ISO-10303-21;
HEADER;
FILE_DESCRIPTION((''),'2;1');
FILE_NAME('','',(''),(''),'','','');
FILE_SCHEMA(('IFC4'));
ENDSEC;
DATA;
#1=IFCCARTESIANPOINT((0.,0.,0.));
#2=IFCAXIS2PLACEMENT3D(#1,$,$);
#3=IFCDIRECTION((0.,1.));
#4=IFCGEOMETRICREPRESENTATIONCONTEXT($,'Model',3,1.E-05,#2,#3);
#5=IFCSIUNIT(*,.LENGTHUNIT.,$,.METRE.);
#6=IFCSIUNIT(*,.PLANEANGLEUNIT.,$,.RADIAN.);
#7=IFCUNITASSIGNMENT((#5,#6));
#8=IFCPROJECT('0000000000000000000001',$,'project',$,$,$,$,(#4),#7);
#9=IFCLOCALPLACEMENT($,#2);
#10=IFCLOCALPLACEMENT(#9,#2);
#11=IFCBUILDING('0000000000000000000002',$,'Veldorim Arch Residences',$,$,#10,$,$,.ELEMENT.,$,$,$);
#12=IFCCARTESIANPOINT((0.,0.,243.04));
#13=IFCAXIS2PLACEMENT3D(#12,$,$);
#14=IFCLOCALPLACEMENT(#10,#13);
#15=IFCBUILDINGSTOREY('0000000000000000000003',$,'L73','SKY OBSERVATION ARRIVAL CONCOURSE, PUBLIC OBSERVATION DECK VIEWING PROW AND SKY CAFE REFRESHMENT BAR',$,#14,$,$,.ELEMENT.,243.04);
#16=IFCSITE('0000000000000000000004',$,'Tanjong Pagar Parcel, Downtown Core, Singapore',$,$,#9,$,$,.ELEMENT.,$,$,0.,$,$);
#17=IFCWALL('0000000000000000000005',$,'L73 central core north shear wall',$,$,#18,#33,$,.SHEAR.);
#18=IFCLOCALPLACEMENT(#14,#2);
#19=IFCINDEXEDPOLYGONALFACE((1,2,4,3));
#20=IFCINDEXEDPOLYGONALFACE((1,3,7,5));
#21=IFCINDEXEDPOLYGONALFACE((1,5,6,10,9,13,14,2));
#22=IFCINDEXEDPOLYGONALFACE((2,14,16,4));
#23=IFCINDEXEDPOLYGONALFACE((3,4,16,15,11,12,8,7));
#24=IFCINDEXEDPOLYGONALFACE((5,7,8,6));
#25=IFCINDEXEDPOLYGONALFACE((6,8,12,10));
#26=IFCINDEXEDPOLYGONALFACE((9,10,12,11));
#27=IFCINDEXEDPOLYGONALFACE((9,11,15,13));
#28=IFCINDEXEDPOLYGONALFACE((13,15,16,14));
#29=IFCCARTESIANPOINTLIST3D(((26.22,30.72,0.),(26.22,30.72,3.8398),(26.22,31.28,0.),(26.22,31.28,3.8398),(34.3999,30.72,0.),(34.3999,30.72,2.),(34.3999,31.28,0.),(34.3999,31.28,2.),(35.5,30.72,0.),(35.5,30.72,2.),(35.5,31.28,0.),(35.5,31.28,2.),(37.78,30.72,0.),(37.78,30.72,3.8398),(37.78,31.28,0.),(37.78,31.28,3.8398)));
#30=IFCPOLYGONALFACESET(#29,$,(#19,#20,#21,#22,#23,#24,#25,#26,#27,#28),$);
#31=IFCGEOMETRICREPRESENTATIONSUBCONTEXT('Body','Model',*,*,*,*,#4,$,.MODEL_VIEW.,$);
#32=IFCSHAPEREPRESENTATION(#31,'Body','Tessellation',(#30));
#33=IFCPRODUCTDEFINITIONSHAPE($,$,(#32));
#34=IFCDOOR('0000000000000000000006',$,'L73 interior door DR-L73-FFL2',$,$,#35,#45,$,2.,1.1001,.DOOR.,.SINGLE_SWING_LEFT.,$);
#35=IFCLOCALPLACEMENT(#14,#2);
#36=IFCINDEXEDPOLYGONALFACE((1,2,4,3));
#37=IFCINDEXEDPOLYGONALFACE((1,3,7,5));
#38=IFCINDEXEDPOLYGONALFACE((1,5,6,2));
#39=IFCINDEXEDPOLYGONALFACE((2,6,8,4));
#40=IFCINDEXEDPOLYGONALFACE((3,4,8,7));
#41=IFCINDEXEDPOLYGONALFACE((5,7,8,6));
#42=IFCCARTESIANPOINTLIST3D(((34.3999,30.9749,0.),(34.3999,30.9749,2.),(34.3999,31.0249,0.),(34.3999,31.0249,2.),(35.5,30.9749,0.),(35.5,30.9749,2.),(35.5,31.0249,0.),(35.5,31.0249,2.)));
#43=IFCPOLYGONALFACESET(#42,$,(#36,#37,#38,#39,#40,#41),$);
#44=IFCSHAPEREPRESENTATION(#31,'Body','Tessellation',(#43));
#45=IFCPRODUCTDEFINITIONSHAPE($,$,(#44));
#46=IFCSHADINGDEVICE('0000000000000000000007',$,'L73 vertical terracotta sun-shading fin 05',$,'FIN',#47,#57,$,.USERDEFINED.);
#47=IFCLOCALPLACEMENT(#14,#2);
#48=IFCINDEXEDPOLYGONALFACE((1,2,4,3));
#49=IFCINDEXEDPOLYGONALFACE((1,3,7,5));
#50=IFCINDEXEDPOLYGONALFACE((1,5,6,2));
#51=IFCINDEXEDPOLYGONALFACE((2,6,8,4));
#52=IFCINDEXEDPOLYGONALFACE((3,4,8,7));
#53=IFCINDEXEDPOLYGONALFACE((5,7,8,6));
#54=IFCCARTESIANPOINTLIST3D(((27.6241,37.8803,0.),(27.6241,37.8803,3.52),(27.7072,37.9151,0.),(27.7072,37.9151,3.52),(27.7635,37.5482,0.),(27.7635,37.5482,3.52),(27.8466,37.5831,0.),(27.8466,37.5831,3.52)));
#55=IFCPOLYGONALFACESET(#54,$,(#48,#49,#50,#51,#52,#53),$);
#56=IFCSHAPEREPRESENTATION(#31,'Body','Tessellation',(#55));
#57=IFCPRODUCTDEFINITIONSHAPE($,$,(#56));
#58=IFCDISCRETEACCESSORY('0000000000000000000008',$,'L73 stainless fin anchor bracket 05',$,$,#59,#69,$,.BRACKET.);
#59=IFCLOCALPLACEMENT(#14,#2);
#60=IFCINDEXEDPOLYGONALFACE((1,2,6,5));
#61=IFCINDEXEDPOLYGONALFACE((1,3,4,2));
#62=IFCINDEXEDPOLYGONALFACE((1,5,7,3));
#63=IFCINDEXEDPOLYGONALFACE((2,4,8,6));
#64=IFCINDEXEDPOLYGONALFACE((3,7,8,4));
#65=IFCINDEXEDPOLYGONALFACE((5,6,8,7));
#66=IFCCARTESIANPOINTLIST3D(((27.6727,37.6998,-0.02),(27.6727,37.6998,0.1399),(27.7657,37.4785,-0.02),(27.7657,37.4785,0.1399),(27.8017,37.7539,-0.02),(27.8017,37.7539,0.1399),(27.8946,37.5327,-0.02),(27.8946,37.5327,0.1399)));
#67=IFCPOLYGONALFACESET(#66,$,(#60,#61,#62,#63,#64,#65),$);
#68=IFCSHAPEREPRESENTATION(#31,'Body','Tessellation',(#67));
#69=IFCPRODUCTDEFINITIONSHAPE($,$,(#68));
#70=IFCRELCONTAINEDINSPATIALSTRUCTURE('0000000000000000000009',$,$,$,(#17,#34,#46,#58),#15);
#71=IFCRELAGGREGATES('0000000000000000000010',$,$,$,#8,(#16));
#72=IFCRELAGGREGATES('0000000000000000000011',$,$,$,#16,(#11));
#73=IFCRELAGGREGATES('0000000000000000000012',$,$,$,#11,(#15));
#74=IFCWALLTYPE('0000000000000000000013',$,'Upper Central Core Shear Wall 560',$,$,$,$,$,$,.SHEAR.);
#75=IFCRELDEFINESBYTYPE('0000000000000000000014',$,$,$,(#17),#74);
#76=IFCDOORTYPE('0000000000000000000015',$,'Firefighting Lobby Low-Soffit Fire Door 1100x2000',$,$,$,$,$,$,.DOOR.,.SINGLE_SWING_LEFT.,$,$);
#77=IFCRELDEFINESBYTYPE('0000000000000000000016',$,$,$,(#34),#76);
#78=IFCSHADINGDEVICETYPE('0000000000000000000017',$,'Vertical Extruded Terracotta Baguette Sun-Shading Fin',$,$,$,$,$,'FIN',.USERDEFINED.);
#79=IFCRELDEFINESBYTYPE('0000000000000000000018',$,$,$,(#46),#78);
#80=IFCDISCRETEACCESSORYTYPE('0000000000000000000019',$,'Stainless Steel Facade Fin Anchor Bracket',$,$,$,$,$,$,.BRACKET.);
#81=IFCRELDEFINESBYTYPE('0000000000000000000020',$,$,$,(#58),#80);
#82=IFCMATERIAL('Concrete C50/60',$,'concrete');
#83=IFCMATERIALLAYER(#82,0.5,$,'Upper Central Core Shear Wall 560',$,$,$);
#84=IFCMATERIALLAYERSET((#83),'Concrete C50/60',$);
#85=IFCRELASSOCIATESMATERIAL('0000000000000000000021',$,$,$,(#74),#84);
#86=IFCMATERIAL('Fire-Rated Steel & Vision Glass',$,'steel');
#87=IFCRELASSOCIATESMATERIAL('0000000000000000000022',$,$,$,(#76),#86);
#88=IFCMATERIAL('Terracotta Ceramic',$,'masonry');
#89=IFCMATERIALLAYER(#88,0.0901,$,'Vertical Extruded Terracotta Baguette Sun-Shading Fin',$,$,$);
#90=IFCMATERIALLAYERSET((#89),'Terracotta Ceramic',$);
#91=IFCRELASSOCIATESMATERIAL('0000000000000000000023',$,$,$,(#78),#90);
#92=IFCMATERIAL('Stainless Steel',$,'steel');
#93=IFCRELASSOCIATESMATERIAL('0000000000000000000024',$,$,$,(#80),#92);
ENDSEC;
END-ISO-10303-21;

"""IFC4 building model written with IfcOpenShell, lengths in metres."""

from ifc_helpers import new_model, si_unit, direction, frame, frame_2d, origin, origin_2d, place, context, subcontext, project, spatial, rectangle, extrude, material, layer, layer_set, type_object, element, fill, save


model = new_model("IFC4")

# Units and contexts
model_context = context("Model", 3, precision=1e-05, world=origin(), true_north=direction((0.0, 1.0)))
body_context = subcontext(model_context, "Body", "Model", "MODEL_VIEW")
ifc_project = project(units=[si_unit("LENGTHUNIT", "METRE"), si_unit("PLANEANGLEUNIT", "RADIAN")], contexts=[model_context])

# Site, building, storey
site_placement = place(None, origin())
site = spatial("IfcSite", under=ifc_project, at=site_placement, Name="Tanjong Pagar Parcel, Downtown Core, Singapore", CompositionType="ELEMENT", RefElevation=0.0)
building_placement = place(site_placement, origin())
building = spatial("IfcBuilding", under=site, at=building_placement, Name="Veldorim Arch Residences", CompositionType="ELEMENT")
storey_placement = place(building_placement, frame((0.0, 0.0, 243.04)))
storey = spatial("IfcBuildingStorey", under=building, at=storey_placement, Name="L73", Description="SKY OBSERVATION ARRIVAL CONCOURSE, PUBLIC OBSERVATION DECK VIEWING PROW AND SKY CAFE REFRESHMENT BAR", CompositionType="ELEMENT", Elevation=243.04)

# Wall, opening, door
ifc_material_1 = material(Name="Concrete C50/60", Category="concrete")
ifc_layer_1 = layer(ifc_material_1, 0.5, Name="Upper Central Core Shear Wall 560")
ifc_layer_set_1 = layer_set([ifc_layer_1], Name="Concrete C50/60")
wall_type_1 = type_object("IfcWallType", Name="Upper Central Core Shear Wall 560", PredefinedType="SHEAR", material=ifc_layer_set_1)
wall_1_placement = place(storey_placement, frame((26.22, 31.0, 0.0), z_axis=(0.0, 0.0, 1.0), x_axis=(1.0, 0.0, 0.0)))
wall_1 = element("IfcWall", 1, at=wall_1_placement, inside=storey, type_object=wall_type_1, Name="L73 central core north shear wall", PredefinedType="SHEAR", context=body_context, shape_type="SweptSolid", body=[
    extrude(rectangle(XDim=11.5601, YDim=0.5601, at=frame_2d((5.78, 0.0))), origin(), (0.0, 0.0, 1.0), 3.8398),
])
opening_1_placement = place(wall_1_placement, frame((8.1799, 0.0, 0.0)))
opening_1 = element("IfcOpeningElement", 2, at=opening_1_placement, cuts=wall_1, PredefinedType="OPENING", context=body_context, shape_type="SweptSolid", body=[
    extrude(rectangle(XDim=1.1001, YDim=2.0, at=frame_2d((0.55, 1.0))), frame((0.0, 0.29, 0.0), z_axis=(0.0, -1.0, 0.0), x_axis=(1.0, 0.0, 0.0)), (0.0, 0.0, 1.0), 0.5801),
])
ifc_material_2 = material(Name="Fire-Rated Steel & Vision Glass", Category="steel")
door_type_1 = type_object("IfcDoorType", Name="Firefighting Lobby Low-Soffit Fire Door 1100x2000", OperationType="SINGLE_SWING_LEFT", PredefinedType="DOOR", material=ifc_material_2)
door_1_placement = place(opening_1_placement, origin())
door_1 = element("IfcDoor", 3, at=door_1_placement, inside=storey, type_object=door_type_1, Name="L73 interior door DR-L73-FFL2", OperationType="SINGLE_SWING_LEFT", OverallHeight=2.0, OverallWidth=1.1001, PredefinedType="DOOR", context=body_context, shape_type="SweptSolid", body=[
    extrude(rectangle(XDim=1.1001, YDim=2.0, at=frame_2d((0.55, 1.0))), frame((0.0, 0.0249, 0.0), z_axis=(0.0, -1.0, 0.0), x_axis=(1.0, 0.0, 0.0)), (0.0, 0.0, 1.0), 0.05),
])
fill(opening_1, door_1)

# Shading device
ifc_material_3 = material(Name="Terracotta Ceramic", Category="masonry")
ifc_layer_2 = layer(ifc_material_3, 0.0901, Name="Vertical Extruded Terracotta Baguette Sun-Shading Fin")
ifc_layer_set_2 = layer_set([ifc_layer_2], Name="Terracotta Ceramic")
shading_device_type = type_object("IfcShadingDeviceType", Name="Vertical Extruded Terracotta Baguette Sun-Shading Fin", ElementType="FIN", PredefinedType="USERDEFINED", material=ifc_layer_set_2)
shading_device_placement = place(storey_placement, frame((27.7354, 37.7317, 0.0), z_axis=(0.0, 0.0, 1.0), x_axis=(0.921998, 0.387194, 0.0)))
element("IfcShadingDevice", 4, at=shading_device_placement, inside=storey, type_object=shading_device_type, Name="L73 vertical terracotta sun-shading fin 05", ObjectType="FIN", PredefinedType="USERDEFINED", context=body_context, shape_type="SweptSolid", body=[
    extrude(rectangle(XDim=0.0901, YDim=0.3601, at=origin_2d()), origin(), (0.0, 0.0, 1.0), 3.52),
])

# Discrete accessory
ifc_material_4 = material(Name="Stainless Steel", Category="steel")
discrete_accessory_type = type_object("IfcDiscreteAccessoryType", Name="Stainless Steel Facade Fin Anchor Bracket", PredefinedType="BRACKET", material=ifc_material_4)
discrete_accessory_placement = place(storey_placement, frame((27.7837, 37.6162, -0.02), z_axis=(0.0, 0.0, 1.0), x_axis=(0.921998, 0.387194, 0.0)))
element("IfcDiscreteAccessory", 5, at=discrete_accessory_placement, inside=storey, type_object=discrete_accessory_type, Name="L73 stainless fin anchor bracket 05", PredefinedType="BRACKET", context=body_context, shape_type="SweptSolid", body=[
    extrude(rectangle(XDim=0.1399, YDim=0.24, at=origin_2d()), origin(), (0.0, 0.0, 1.0), 0.1599),
])

save(model, "model.ifc")
